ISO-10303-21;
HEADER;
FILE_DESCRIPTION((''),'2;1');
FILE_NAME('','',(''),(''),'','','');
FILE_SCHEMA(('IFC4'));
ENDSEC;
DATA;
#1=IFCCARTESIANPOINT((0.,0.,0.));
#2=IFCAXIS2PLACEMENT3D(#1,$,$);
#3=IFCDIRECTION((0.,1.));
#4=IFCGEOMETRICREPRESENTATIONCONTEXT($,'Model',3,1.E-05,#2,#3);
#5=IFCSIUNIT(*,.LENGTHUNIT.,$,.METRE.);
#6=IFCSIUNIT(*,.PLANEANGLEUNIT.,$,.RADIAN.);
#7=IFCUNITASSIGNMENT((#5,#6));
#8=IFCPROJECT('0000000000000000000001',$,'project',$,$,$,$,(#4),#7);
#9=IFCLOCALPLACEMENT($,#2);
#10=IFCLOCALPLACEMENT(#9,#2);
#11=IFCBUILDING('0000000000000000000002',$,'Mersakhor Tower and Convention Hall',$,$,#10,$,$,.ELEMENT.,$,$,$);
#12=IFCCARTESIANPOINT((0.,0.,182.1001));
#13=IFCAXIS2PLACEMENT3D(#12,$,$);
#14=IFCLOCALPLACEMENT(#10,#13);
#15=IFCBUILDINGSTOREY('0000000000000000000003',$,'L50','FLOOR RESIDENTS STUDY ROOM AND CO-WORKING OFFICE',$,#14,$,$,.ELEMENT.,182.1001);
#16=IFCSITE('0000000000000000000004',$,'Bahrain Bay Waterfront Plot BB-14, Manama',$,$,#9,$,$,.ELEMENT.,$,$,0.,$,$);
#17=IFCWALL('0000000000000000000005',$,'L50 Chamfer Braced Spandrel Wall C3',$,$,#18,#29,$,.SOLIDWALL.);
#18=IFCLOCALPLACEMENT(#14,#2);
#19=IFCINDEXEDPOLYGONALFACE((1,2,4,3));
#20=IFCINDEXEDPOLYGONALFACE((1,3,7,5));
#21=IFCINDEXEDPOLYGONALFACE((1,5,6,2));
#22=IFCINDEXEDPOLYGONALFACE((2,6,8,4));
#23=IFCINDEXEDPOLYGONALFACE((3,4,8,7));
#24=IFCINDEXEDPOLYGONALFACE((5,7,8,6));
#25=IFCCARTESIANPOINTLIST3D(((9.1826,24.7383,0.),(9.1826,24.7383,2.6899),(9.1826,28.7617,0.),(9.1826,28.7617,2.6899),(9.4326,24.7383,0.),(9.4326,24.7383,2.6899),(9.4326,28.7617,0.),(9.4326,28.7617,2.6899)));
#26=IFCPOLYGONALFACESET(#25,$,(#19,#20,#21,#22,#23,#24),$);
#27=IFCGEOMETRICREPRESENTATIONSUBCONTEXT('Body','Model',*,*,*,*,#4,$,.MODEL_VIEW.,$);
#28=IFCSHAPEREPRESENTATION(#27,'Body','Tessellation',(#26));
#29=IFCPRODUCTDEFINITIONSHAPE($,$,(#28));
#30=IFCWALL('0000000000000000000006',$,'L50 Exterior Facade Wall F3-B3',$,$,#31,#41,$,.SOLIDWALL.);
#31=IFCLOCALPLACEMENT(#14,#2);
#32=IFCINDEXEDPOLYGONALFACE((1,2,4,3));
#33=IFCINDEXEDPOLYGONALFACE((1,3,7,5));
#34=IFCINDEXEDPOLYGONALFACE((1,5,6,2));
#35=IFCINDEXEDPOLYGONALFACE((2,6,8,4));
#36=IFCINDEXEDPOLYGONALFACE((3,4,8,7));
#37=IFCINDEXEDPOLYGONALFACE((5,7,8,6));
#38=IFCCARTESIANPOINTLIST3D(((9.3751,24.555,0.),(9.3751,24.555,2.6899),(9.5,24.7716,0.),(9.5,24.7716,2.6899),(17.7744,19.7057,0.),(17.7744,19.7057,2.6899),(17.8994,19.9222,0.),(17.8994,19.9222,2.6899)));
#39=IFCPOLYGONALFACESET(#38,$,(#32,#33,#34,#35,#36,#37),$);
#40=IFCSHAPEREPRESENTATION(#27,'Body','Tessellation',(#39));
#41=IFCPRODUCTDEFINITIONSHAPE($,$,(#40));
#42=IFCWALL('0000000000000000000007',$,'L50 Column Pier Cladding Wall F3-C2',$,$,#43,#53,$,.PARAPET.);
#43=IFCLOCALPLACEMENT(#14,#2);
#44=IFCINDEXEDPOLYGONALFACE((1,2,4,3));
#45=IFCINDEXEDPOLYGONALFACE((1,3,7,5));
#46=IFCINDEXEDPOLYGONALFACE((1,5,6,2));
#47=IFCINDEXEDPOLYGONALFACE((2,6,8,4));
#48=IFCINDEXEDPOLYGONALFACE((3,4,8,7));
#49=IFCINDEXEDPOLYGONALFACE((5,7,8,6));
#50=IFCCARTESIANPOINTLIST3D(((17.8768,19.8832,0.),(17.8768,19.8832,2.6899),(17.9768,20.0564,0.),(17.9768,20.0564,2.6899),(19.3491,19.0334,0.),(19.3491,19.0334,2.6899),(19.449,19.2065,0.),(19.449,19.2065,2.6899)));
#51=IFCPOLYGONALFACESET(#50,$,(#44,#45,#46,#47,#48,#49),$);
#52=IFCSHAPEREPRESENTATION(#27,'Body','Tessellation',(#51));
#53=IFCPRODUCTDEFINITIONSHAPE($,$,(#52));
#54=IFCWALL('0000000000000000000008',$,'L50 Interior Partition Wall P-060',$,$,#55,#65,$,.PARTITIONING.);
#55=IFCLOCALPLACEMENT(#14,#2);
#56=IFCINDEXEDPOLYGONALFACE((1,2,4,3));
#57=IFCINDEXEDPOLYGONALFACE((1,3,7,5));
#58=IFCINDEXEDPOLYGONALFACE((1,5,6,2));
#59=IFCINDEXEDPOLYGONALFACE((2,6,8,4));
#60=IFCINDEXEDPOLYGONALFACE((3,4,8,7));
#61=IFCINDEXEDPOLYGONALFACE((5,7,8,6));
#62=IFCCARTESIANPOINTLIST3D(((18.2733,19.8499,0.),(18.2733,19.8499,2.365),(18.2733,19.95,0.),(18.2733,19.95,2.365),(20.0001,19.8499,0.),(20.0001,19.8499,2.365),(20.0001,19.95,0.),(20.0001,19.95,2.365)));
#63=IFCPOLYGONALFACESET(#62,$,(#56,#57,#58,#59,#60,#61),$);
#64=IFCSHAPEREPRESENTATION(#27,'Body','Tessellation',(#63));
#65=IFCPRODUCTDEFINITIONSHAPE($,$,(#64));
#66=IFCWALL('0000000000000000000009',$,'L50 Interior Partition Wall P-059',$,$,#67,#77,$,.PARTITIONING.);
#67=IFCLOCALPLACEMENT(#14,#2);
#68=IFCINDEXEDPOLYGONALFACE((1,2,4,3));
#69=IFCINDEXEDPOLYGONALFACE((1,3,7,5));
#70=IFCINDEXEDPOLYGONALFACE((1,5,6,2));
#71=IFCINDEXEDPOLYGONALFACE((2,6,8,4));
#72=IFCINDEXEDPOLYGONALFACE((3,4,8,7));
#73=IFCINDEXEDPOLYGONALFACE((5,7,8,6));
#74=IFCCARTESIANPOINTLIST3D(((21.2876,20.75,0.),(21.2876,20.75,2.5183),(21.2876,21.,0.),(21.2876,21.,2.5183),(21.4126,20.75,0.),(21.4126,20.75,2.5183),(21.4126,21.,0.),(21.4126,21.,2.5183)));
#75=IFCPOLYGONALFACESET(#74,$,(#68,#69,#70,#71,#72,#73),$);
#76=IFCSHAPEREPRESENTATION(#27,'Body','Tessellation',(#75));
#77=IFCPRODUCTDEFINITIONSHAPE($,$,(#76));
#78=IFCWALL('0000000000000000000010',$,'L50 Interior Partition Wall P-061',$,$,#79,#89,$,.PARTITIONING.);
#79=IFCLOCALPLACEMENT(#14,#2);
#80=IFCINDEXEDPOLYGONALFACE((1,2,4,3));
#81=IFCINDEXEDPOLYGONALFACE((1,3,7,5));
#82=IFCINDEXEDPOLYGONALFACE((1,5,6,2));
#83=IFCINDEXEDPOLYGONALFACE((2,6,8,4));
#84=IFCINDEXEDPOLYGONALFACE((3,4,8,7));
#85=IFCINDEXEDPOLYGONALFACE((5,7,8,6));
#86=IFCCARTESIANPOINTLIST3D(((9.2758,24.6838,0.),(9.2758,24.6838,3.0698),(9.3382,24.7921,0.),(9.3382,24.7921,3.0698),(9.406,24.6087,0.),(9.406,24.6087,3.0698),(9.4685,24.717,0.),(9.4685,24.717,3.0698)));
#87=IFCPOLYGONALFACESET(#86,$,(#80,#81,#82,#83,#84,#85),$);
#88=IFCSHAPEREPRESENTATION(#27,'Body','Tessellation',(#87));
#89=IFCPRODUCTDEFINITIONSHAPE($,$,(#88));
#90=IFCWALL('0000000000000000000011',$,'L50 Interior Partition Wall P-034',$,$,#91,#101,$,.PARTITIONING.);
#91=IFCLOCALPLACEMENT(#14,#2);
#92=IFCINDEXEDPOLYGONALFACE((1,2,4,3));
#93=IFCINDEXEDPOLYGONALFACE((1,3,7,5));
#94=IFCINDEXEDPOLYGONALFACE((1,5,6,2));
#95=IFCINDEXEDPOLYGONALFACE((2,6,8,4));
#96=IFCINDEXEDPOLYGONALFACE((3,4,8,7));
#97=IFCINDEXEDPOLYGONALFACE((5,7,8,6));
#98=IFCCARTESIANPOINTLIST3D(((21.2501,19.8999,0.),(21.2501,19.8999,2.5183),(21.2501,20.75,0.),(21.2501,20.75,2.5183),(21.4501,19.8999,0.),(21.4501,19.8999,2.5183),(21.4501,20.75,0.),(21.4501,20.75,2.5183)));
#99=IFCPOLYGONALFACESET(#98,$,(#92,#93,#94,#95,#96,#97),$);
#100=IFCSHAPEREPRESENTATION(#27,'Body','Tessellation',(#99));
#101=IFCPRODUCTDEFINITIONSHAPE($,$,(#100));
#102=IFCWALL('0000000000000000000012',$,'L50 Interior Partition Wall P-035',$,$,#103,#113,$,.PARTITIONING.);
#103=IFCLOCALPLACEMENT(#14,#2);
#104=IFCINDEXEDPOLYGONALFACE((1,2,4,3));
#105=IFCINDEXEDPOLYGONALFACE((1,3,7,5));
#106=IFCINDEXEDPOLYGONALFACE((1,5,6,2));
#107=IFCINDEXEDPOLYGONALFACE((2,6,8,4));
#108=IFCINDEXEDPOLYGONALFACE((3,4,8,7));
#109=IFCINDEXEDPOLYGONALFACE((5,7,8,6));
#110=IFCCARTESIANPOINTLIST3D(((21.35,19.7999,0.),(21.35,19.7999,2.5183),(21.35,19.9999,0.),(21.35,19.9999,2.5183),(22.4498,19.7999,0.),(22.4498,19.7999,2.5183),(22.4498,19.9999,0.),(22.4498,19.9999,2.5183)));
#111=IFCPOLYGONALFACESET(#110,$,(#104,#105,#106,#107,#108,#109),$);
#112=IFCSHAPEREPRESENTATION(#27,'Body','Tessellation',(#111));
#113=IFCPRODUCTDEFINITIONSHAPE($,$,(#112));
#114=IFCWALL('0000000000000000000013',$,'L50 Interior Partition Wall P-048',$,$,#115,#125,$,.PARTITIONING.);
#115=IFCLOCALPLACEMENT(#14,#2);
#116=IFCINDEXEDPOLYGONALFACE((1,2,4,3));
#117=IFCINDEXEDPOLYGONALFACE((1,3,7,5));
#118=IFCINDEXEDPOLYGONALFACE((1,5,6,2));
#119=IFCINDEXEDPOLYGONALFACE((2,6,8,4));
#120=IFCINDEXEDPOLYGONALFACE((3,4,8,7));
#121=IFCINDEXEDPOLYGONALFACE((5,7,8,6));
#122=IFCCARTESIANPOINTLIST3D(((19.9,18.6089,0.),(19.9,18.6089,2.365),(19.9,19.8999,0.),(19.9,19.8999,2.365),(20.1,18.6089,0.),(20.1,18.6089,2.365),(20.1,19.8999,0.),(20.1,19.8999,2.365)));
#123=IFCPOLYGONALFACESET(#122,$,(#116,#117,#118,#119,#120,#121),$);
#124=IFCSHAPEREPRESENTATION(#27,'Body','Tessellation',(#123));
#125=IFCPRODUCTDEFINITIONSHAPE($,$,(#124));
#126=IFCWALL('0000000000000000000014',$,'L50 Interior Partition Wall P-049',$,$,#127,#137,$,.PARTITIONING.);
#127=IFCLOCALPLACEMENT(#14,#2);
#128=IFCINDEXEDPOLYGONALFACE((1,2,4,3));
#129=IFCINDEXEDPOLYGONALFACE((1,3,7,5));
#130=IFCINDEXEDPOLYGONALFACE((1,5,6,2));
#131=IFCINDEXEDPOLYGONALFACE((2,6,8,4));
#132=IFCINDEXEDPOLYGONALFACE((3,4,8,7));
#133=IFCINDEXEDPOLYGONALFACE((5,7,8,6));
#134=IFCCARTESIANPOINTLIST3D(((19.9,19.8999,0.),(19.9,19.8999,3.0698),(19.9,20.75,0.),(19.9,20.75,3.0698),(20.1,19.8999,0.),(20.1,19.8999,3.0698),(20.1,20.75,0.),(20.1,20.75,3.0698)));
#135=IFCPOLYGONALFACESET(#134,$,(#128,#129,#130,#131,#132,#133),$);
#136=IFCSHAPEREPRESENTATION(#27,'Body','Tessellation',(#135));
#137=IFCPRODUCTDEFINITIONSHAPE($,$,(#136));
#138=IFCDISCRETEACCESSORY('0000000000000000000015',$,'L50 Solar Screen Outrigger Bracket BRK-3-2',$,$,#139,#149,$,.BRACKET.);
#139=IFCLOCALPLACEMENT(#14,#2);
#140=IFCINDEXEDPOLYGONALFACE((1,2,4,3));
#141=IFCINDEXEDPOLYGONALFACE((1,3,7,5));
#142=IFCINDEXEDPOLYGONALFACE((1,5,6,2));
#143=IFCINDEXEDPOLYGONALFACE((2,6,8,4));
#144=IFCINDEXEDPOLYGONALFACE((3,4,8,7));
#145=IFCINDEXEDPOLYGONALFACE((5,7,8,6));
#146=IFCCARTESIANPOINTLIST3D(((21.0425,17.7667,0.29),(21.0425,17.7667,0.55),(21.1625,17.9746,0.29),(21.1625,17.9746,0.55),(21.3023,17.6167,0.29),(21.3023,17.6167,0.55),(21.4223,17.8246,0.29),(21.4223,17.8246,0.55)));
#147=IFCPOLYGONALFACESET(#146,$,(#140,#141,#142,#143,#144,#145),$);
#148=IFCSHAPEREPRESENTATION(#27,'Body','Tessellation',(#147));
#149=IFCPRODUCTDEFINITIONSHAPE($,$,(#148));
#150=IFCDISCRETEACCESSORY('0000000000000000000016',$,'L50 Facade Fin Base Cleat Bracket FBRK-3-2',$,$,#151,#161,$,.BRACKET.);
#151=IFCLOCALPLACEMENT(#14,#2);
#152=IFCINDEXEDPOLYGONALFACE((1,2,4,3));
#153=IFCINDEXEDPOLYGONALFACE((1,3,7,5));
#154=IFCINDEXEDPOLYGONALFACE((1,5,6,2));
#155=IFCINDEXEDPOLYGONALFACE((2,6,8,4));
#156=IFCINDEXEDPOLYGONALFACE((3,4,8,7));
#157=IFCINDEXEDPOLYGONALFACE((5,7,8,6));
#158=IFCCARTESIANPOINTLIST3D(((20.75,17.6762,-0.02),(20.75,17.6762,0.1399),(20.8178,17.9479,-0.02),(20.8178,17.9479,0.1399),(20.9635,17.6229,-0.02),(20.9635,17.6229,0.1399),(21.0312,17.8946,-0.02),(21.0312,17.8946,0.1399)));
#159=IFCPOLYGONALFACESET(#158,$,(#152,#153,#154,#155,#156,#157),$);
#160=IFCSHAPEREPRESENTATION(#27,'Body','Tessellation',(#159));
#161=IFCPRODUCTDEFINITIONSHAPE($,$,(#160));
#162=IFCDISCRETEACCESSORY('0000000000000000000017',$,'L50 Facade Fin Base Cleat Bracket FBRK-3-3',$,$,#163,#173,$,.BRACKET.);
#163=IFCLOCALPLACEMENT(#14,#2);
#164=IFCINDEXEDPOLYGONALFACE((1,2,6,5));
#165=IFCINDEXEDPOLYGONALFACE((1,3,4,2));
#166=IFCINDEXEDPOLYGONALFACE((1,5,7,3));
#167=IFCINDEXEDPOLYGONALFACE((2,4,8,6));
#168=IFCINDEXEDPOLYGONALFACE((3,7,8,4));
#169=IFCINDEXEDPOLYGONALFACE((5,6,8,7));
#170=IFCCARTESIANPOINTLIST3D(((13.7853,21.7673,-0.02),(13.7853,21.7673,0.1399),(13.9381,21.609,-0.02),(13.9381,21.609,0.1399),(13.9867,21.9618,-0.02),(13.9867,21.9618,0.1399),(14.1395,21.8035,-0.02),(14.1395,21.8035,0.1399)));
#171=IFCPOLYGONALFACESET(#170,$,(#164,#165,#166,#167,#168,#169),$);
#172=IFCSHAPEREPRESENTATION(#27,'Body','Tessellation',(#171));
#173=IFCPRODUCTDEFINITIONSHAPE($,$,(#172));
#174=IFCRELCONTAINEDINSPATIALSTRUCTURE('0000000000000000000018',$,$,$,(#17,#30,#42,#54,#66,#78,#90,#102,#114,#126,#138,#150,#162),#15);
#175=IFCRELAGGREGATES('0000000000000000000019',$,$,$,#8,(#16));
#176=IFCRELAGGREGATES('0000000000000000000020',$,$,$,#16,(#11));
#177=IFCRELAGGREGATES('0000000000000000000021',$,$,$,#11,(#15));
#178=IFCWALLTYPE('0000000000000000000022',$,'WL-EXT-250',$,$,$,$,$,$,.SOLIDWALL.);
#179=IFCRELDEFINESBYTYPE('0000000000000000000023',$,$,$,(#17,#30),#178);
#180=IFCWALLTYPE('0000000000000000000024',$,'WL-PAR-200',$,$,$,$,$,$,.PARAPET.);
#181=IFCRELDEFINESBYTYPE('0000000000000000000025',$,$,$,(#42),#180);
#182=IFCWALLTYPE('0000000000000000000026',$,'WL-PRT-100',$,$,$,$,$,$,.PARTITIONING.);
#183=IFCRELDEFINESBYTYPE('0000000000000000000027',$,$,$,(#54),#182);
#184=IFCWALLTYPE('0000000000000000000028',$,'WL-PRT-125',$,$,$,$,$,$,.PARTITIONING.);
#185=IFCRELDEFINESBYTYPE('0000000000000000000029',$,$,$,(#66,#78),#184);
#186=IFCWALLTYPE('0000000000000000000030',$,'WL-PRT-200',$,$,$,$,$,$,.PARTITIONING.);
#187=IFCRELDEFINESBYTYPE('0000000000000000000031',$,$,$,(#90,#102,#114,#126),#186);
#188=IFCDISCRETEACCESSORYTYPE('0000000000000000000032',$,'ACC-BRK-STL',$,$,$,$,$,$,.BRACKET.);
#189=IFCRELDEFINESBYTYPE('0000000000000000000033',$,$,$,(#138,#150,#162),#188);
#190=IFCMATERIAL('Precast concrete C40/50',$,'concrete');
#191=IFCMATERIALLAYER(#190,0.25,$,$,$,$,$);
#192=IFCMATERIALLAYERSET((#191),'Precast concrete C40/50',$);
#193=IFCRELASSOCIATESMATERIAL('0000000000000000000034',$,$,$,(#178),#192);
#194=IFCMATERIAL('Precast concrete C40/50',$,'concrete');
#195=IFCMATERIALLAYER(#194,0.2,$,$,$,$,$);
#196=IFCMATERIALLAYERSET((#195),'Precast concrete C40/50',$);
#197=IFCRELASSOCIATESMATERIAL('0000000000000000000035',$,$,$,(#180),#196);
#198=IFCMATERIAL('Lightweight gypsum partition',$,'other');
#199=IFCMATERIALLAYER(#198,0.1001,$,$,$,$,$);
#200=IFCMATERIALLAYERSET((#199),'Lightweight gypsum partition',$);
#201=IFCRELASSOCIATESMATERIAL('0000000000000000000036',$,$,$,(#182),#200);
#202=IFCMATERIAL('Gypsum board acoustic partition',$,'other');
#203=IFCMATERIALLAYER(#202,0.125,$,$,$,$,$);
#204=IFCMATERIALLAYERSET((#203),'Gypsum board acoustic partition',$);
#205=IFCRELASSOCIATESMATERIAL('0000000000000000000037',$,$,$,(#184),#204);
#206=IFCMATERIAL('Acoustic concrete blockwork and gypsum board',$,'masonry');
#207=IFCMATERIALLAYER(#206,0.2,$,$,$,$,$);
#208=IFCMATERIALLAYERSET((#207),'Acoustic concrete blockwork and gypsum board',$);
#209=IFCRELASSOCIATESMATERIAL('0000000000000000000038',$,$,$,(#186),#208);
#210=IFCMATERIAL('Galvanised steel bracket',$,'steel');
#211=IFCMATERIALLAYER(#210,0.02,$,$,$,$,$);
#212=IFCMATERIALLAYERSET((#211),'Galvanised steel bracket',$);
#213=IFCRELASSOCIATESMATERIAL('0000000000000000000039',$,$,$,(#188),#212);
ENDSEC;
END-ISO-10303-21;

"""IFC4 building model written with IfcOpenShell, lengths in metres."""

from ifc_helpers import new_model, si_unit, direction, frame, frame_2d, origin, origin_2d, place, context, subcontext, project, spatial, rectangle, extrude, material, layer, layer_set, type_object, element, save


model = new_model("IFC4")

# Units and contexts
model_context = context("Model", 3, precision=1e-05, world=origin(), true_north=direction((0.0, 1.0)))
body_context = subcontext(model_context, "Body", "Model", "MODEL_VIEW")
ifc_project = project(units=[si_unit("LENGTHUNIT", "METRE"), si_unit("PLANEANGLEUNIT", "RADIAN")], contexts=[model_context])

# Site, building, storey
site_placement = place(None, origin())
site = spatial("IfcSite", under=ifc_project, at=site_placement, Name="Bahrain Bay Waterfront Plot BB-14, Manama", CompositionType="ELEMENT", RefElevation=0.0)
building_placement = place(site_placement, origin())
building = spatial("IfcBuilding", under=site, at=building_placement, Name="Mersakhor Tower and Convention Hall", CompositionType="ELEMENT")
storey_placement = place(building_placement, frame((0.0, 0.0, 182.1001)))
storey = spatial("IfcBuildingStorey", under=building, at=storey_placement, Name="L50", Description="FLOOR RESIDENTS STUDY ROOM AND CO-WORKING OFFICE", CompositionType="ELEMENT", Elevation=182.1001)

# Walls
ifc_material_1 = material(Name="Precast concrete C40/50", Category="concrete")
ifc_layer_1 = layer(ifc_material_1, 0.25)
ifc_layer_set_1 = layer_set([ifc_layer_1], Name="Precast concrete C40/50")
wall_type_1 = type_object("IfcWallType", Name="WL-EXT-250", PredefinedType="SOLIDWALL", material=ifc_layer_set_1)
wall_1_placement = place(storey_placement, frame((9.3076, 24.7383, 0.0), z_axis=(0.0, 0.0, 1.0), x_axis=(0.0, 1.0, 0.0)))
element("IfcWall", 1, at=wall_1_placement, inside=storey, type_object=wall_type_1, Name="L50 Chamfer Braced Spandrel Wall C3", PredefinedType="SOLIDWALL", context=body_context, shape_type="SweptSolid", body=[
    extrude(rectangle(XDim=4.0234, YDim=0.25, at=frame_2d((2.0117, 0.0))), origin(), (0.0, 0.0, 1.0), 2.6899),
])
wall_2_placement = place(storey_placement, frame((17.8369, 19.814, 0.0), z_axis=(0.0, 0.0, 1.0), x_axis=(-0.866027, 0.499997, 0.0)))
element("IfcWall", 2, at=wall_2_placement, inside=storey, type_object=wall_type_1, Name="L50 Exterior Facade Wall F3-B3", PredefinedType="SOLIDWALL", context=body_context, shape_type="SweptSolid", body=[
    extrude(rectangle(XDim=9.6987, YDim=0.25, at=frame_2d((4.8494, 0.0))), origin(), (0.0, 0.0, 1.0), 2.6899),
])
ifc_material_2 = material(Name="Precast concrete C40/50", Category="concrete")
ifc_layer_2 = layer(ifc_material_2, 0.2)
ifc_layer_set_2 = layer_set([ifc_layer_2], Name="Precast concrete C40/50")
wall_type_2 = type_object("IfcWallType", Name="WL-PAR-200", PredefinedType="PARAPET", material=ifc_layer_set_2)
wall_3_placement = place(storey_placement, frame((19.3992, 19.1199, 0.0), z_axis=(0.0, 0.0, 1.0), x_axis=(-0.866052, 0.499955, 0.0)))
element("IfcWall", 3, at=wall_3_placement, inside=storey, type_object=wall_type_2, Name="L50 Column Pier Cladding Wall F3-C2", PredefinedType="PARAPET", context=body_context, shape_type="SweptSolid", body=[
    extrude(rectangle(XDim=1.7, YDim=0.2, at=frame_2d((0.8501, 0.0))), origin(), (0.0, 0.0, 1.0), 2.6899),
])
ifc_material_3 = material(Name="Lightweight gypsum partition", Category="other")
ifc_layer_3 = layer(ifc_material_3, 0.1001)
ifc_layer_set_3 = layer_set([ifc_layer_3], Name="Lightweight gypsum partition")
wall_type_3 = type_object("IfcWallType", Name="WL-PRT-100", PredefinedType="PARTITIONING", material=ifc_layer_set_3)
wall_4_placement = place(storey_placement, frame((20.0, 19.8999, 0.0), z_axis=(0.0, 0.0, 1.0), x_axis=(-1.0, 0.0, 0.0)))
element("IfcWall", 4, at=wall_4_placement, inside=storey, type_object=wall_type_3, Name="L50 Interior Partition Wall P-060", PredefinedType="PARTITIONING", context=body_context, shape_type="SweptSolid", body=[
    extrude(rectangle(XDim=1.7268, YDim=0.1001, at=frame_2d((0.8633, 0.0))), origin(), (0.0, 0.0, 1.0), 2.365),
])
ifc_material_4 = material(Name="Gypsum board acoustic partition", Category="other")
ifc_layer_4 = layer(ifc_material_4, 0.125)
ifc_layer_set_4 = layer_set([ifc_layer_4], Name="Gypsum board acoustic partition")
wall_type_4 = type_object("IfcWallType", Name="WL-PRT-125", PredefinedType="PARTITIONING", material=ifc_layer_set_4)
wall_5_placement = place(storey_placement, frame((21.3501, 21.0, 0.0), z_axis=(0.0, 0.0, 1.0), x_axis=(0.0, -1.0, 0.0)))
element("IfcWall", 5, at=wall_5_placement, inside=storey, type_object=wall_type_4, Name="L50 Interior Partition Wall P-059", PredefinedType="PARTITIONING", context=body_context, shape_type="SweptSolid", body=[
    extrude(rectangle(XDim=0.25, YDim=0.125, at=frame_2d((0.125, 0.0))), origin(), (0.0, 0.0, 1.0), 2.5183),
])
wall_6_placement = place(storey_placement, frame((9.4373, 24.6628, 0.0), z_axis=(0.0, 0.0, 1.0), x_axis=(-0.86624, 0.499629, 0.0)))
element("IfcWall", 6, at=wall_6_placement, inside=storey, type_object=wall_type_4, Name="L50 Interior Partition Wall P-061", PredefinedType="PARTITIONING", context=body_context, shape_type="SweptSolid", body=[
    extrude(rectangle(XDim=0.1504, YDim=0.125, at=frame_2d((0.0752, 0.0))), origin(), (0.0, 0.0, 1.0), 3.0698),
])

# Shared definitions
ifc_material_5 = material(Name="Acoustic concrete blockwork and gypsum board", Category="masonry")
ifc_layer_5 = layer(ifc_material_5, 0.2)
ifc_layer_set_5 = layer_set([ifc_layer_5], Name="Acoustic concrete blockwork and gypsum board")
wall_type_5 = type_object("IfcWallType", Name="WL-PRT-200", PredefinedType="PARTITIONING", material=ifc_layer_set_5)

# Walls
wall_7_placement = place(storey_placement, frame((21.3501, 20.75, 0.0), z_axis=(0.0, 0.0, 1.0), x_axis=(0.0, -1.0, 0.0)))
element("IfcWall", 7, at=wall_7_placement, inside=storey, type_object=wall_type_5, Name="L50 Interior Partition Wall P-034", PredefinedType="PARTITIONING", context=body_context, shape_type="SweptSolid", body=[
    extrude(rectangle(XDim=0.8501, YDim=0.2, at=frame_2d((0.425, 0.0))), origin(), (0.0, 0.0, 1.0), 2.5183),
])
wall_8_placement = place(storey_placement, frame((21.3501, 19.8999, 0.0), z_axis=(0.0, 0.0, 1.0), x_axis=(1.0, 0.0, 0.0)))
element("IfcWall", 8, at=wall_8_placement, inside=storey, type_object=wall_type_5, Name="L50 Interior Partition Wall P-035", PredefinedType="PARTITIONING", context=body_context, shape_type="SweptSolid", body=[
    extrude(rectangle(XDim=1.0999, YDim=0.2, at=frame_2d((0.5498, 0.0))), origin(), (0.0, 0.0, 1.0), 2.5183),
])
wall_9_placement = place(storey_placement, frame((20.0, 18.6089, 0.0), z_axis=(0.0, 0.0, 1.0), x_axis=(0.0, 1.0, 0.0)))
element("IfcWall", 9, at=wall_9_placement, inside=storey, type_object=wall_type_5, Name="L50 Interior Partition Wall P-048", PredefinedType="PARTITIONING", context=body_context, shape_type="SweptSolid", body=[
    extrude(rectangle(XDim=1.291, YDim=0.2, at=frame_2d((0.6455, 0.0))), origin(), (0.0, 0.0, 1.0), 2.365),
])
wall_10_placement = place(storey_placement, frame((20.0, 19.8999, 0.0), z_axis=(0.0, 0.0, 1.0), x_axis=(0.0, 1.0, 0.0)))
element("IfcWall", 10, at=wall_10_placement, inside=storey, type_object=wall_type_5, Name="L50 Interior Partition Wall P-049", PredefinedType="PARTITIONING", context=body_context, shape_type="SweptSolid", body=[
    extrude(rectangle(XDim=0.8501, YDim=0.2, at=frame_2d((0.425, 0.0))), origin(), (0.0, 0.0, 1.0), 3.0698),
])

# Discrete accessories
ifc_material_6 = material(Name="Galvanised steel bracket", Category="steel")
ifc_layer_6 = layer(ifc_material_6, 0.02)
ifc_layer_set_6 = layer_set([ifc_layer_6], Name="Galvanised steel bracket")
discrete_accessory_type = type_object("IfcDiscreteAccessoryType", Name="ACC-BRK-STL", PredefinedType="BRACKET", material=ifc_layer_set_6)
discrete_accessory_placement = place(storey_placement, frame((21.2324, 17.7957, 0.29), z_axis=(0.0, 0.0, 1.0), x_axis=(-0.866025, 0.5, 0.0)))
element("IfcDiscreteAccessory", 11, at=discrete_accessory_placement, inside=storey, type_object=discrete_accessory_type, Name="L50 Solar Screen Outrigger Bracket BRK-3-2", PredefinedType="BRACKET", context=body_context, shape_type="SweptSolid", body=[
    extrude(rectangle(XDim=0.3, YDim=0.24, at=origin_2d()), origin(), (0.0, 0.0, 1.0), 0.26),
])
for number, where, z_axis, x_axis, name in (
    (12, (20.8906, 17.7854, -0.02), (0.0, 0.0, 1.0), (-0.241922, -0.970296, 0.0), "L50 Facade Fin Base Cleat Bracket FBRK-3-2"),
    (13, (13.9624, 21.7854, -0.02), (0.0, 0.0, 1.0), (-0.71934, -0.694658, 0.0), "L50 Facade Fin Base Cleat Bracket FBRK-3-3"),
):
    element("IfcDiscreteAccessory", number, at=place(storey_placement, frame(where, z_axis=z_axis, x_axis=x_axis)), inside=storey, type_object=discrete_accessory_type, Name=name, PredefinedType="BRACKET", context=body_context, shape_type="SweptSolid", body=[
        extrude(rectangle(XDim=0.28, YDim=0.22, at=origin_2d()), origin(), (0.0, 0.0, 1.0), 0.1599),
    ])

save(model, "model.ifc")
